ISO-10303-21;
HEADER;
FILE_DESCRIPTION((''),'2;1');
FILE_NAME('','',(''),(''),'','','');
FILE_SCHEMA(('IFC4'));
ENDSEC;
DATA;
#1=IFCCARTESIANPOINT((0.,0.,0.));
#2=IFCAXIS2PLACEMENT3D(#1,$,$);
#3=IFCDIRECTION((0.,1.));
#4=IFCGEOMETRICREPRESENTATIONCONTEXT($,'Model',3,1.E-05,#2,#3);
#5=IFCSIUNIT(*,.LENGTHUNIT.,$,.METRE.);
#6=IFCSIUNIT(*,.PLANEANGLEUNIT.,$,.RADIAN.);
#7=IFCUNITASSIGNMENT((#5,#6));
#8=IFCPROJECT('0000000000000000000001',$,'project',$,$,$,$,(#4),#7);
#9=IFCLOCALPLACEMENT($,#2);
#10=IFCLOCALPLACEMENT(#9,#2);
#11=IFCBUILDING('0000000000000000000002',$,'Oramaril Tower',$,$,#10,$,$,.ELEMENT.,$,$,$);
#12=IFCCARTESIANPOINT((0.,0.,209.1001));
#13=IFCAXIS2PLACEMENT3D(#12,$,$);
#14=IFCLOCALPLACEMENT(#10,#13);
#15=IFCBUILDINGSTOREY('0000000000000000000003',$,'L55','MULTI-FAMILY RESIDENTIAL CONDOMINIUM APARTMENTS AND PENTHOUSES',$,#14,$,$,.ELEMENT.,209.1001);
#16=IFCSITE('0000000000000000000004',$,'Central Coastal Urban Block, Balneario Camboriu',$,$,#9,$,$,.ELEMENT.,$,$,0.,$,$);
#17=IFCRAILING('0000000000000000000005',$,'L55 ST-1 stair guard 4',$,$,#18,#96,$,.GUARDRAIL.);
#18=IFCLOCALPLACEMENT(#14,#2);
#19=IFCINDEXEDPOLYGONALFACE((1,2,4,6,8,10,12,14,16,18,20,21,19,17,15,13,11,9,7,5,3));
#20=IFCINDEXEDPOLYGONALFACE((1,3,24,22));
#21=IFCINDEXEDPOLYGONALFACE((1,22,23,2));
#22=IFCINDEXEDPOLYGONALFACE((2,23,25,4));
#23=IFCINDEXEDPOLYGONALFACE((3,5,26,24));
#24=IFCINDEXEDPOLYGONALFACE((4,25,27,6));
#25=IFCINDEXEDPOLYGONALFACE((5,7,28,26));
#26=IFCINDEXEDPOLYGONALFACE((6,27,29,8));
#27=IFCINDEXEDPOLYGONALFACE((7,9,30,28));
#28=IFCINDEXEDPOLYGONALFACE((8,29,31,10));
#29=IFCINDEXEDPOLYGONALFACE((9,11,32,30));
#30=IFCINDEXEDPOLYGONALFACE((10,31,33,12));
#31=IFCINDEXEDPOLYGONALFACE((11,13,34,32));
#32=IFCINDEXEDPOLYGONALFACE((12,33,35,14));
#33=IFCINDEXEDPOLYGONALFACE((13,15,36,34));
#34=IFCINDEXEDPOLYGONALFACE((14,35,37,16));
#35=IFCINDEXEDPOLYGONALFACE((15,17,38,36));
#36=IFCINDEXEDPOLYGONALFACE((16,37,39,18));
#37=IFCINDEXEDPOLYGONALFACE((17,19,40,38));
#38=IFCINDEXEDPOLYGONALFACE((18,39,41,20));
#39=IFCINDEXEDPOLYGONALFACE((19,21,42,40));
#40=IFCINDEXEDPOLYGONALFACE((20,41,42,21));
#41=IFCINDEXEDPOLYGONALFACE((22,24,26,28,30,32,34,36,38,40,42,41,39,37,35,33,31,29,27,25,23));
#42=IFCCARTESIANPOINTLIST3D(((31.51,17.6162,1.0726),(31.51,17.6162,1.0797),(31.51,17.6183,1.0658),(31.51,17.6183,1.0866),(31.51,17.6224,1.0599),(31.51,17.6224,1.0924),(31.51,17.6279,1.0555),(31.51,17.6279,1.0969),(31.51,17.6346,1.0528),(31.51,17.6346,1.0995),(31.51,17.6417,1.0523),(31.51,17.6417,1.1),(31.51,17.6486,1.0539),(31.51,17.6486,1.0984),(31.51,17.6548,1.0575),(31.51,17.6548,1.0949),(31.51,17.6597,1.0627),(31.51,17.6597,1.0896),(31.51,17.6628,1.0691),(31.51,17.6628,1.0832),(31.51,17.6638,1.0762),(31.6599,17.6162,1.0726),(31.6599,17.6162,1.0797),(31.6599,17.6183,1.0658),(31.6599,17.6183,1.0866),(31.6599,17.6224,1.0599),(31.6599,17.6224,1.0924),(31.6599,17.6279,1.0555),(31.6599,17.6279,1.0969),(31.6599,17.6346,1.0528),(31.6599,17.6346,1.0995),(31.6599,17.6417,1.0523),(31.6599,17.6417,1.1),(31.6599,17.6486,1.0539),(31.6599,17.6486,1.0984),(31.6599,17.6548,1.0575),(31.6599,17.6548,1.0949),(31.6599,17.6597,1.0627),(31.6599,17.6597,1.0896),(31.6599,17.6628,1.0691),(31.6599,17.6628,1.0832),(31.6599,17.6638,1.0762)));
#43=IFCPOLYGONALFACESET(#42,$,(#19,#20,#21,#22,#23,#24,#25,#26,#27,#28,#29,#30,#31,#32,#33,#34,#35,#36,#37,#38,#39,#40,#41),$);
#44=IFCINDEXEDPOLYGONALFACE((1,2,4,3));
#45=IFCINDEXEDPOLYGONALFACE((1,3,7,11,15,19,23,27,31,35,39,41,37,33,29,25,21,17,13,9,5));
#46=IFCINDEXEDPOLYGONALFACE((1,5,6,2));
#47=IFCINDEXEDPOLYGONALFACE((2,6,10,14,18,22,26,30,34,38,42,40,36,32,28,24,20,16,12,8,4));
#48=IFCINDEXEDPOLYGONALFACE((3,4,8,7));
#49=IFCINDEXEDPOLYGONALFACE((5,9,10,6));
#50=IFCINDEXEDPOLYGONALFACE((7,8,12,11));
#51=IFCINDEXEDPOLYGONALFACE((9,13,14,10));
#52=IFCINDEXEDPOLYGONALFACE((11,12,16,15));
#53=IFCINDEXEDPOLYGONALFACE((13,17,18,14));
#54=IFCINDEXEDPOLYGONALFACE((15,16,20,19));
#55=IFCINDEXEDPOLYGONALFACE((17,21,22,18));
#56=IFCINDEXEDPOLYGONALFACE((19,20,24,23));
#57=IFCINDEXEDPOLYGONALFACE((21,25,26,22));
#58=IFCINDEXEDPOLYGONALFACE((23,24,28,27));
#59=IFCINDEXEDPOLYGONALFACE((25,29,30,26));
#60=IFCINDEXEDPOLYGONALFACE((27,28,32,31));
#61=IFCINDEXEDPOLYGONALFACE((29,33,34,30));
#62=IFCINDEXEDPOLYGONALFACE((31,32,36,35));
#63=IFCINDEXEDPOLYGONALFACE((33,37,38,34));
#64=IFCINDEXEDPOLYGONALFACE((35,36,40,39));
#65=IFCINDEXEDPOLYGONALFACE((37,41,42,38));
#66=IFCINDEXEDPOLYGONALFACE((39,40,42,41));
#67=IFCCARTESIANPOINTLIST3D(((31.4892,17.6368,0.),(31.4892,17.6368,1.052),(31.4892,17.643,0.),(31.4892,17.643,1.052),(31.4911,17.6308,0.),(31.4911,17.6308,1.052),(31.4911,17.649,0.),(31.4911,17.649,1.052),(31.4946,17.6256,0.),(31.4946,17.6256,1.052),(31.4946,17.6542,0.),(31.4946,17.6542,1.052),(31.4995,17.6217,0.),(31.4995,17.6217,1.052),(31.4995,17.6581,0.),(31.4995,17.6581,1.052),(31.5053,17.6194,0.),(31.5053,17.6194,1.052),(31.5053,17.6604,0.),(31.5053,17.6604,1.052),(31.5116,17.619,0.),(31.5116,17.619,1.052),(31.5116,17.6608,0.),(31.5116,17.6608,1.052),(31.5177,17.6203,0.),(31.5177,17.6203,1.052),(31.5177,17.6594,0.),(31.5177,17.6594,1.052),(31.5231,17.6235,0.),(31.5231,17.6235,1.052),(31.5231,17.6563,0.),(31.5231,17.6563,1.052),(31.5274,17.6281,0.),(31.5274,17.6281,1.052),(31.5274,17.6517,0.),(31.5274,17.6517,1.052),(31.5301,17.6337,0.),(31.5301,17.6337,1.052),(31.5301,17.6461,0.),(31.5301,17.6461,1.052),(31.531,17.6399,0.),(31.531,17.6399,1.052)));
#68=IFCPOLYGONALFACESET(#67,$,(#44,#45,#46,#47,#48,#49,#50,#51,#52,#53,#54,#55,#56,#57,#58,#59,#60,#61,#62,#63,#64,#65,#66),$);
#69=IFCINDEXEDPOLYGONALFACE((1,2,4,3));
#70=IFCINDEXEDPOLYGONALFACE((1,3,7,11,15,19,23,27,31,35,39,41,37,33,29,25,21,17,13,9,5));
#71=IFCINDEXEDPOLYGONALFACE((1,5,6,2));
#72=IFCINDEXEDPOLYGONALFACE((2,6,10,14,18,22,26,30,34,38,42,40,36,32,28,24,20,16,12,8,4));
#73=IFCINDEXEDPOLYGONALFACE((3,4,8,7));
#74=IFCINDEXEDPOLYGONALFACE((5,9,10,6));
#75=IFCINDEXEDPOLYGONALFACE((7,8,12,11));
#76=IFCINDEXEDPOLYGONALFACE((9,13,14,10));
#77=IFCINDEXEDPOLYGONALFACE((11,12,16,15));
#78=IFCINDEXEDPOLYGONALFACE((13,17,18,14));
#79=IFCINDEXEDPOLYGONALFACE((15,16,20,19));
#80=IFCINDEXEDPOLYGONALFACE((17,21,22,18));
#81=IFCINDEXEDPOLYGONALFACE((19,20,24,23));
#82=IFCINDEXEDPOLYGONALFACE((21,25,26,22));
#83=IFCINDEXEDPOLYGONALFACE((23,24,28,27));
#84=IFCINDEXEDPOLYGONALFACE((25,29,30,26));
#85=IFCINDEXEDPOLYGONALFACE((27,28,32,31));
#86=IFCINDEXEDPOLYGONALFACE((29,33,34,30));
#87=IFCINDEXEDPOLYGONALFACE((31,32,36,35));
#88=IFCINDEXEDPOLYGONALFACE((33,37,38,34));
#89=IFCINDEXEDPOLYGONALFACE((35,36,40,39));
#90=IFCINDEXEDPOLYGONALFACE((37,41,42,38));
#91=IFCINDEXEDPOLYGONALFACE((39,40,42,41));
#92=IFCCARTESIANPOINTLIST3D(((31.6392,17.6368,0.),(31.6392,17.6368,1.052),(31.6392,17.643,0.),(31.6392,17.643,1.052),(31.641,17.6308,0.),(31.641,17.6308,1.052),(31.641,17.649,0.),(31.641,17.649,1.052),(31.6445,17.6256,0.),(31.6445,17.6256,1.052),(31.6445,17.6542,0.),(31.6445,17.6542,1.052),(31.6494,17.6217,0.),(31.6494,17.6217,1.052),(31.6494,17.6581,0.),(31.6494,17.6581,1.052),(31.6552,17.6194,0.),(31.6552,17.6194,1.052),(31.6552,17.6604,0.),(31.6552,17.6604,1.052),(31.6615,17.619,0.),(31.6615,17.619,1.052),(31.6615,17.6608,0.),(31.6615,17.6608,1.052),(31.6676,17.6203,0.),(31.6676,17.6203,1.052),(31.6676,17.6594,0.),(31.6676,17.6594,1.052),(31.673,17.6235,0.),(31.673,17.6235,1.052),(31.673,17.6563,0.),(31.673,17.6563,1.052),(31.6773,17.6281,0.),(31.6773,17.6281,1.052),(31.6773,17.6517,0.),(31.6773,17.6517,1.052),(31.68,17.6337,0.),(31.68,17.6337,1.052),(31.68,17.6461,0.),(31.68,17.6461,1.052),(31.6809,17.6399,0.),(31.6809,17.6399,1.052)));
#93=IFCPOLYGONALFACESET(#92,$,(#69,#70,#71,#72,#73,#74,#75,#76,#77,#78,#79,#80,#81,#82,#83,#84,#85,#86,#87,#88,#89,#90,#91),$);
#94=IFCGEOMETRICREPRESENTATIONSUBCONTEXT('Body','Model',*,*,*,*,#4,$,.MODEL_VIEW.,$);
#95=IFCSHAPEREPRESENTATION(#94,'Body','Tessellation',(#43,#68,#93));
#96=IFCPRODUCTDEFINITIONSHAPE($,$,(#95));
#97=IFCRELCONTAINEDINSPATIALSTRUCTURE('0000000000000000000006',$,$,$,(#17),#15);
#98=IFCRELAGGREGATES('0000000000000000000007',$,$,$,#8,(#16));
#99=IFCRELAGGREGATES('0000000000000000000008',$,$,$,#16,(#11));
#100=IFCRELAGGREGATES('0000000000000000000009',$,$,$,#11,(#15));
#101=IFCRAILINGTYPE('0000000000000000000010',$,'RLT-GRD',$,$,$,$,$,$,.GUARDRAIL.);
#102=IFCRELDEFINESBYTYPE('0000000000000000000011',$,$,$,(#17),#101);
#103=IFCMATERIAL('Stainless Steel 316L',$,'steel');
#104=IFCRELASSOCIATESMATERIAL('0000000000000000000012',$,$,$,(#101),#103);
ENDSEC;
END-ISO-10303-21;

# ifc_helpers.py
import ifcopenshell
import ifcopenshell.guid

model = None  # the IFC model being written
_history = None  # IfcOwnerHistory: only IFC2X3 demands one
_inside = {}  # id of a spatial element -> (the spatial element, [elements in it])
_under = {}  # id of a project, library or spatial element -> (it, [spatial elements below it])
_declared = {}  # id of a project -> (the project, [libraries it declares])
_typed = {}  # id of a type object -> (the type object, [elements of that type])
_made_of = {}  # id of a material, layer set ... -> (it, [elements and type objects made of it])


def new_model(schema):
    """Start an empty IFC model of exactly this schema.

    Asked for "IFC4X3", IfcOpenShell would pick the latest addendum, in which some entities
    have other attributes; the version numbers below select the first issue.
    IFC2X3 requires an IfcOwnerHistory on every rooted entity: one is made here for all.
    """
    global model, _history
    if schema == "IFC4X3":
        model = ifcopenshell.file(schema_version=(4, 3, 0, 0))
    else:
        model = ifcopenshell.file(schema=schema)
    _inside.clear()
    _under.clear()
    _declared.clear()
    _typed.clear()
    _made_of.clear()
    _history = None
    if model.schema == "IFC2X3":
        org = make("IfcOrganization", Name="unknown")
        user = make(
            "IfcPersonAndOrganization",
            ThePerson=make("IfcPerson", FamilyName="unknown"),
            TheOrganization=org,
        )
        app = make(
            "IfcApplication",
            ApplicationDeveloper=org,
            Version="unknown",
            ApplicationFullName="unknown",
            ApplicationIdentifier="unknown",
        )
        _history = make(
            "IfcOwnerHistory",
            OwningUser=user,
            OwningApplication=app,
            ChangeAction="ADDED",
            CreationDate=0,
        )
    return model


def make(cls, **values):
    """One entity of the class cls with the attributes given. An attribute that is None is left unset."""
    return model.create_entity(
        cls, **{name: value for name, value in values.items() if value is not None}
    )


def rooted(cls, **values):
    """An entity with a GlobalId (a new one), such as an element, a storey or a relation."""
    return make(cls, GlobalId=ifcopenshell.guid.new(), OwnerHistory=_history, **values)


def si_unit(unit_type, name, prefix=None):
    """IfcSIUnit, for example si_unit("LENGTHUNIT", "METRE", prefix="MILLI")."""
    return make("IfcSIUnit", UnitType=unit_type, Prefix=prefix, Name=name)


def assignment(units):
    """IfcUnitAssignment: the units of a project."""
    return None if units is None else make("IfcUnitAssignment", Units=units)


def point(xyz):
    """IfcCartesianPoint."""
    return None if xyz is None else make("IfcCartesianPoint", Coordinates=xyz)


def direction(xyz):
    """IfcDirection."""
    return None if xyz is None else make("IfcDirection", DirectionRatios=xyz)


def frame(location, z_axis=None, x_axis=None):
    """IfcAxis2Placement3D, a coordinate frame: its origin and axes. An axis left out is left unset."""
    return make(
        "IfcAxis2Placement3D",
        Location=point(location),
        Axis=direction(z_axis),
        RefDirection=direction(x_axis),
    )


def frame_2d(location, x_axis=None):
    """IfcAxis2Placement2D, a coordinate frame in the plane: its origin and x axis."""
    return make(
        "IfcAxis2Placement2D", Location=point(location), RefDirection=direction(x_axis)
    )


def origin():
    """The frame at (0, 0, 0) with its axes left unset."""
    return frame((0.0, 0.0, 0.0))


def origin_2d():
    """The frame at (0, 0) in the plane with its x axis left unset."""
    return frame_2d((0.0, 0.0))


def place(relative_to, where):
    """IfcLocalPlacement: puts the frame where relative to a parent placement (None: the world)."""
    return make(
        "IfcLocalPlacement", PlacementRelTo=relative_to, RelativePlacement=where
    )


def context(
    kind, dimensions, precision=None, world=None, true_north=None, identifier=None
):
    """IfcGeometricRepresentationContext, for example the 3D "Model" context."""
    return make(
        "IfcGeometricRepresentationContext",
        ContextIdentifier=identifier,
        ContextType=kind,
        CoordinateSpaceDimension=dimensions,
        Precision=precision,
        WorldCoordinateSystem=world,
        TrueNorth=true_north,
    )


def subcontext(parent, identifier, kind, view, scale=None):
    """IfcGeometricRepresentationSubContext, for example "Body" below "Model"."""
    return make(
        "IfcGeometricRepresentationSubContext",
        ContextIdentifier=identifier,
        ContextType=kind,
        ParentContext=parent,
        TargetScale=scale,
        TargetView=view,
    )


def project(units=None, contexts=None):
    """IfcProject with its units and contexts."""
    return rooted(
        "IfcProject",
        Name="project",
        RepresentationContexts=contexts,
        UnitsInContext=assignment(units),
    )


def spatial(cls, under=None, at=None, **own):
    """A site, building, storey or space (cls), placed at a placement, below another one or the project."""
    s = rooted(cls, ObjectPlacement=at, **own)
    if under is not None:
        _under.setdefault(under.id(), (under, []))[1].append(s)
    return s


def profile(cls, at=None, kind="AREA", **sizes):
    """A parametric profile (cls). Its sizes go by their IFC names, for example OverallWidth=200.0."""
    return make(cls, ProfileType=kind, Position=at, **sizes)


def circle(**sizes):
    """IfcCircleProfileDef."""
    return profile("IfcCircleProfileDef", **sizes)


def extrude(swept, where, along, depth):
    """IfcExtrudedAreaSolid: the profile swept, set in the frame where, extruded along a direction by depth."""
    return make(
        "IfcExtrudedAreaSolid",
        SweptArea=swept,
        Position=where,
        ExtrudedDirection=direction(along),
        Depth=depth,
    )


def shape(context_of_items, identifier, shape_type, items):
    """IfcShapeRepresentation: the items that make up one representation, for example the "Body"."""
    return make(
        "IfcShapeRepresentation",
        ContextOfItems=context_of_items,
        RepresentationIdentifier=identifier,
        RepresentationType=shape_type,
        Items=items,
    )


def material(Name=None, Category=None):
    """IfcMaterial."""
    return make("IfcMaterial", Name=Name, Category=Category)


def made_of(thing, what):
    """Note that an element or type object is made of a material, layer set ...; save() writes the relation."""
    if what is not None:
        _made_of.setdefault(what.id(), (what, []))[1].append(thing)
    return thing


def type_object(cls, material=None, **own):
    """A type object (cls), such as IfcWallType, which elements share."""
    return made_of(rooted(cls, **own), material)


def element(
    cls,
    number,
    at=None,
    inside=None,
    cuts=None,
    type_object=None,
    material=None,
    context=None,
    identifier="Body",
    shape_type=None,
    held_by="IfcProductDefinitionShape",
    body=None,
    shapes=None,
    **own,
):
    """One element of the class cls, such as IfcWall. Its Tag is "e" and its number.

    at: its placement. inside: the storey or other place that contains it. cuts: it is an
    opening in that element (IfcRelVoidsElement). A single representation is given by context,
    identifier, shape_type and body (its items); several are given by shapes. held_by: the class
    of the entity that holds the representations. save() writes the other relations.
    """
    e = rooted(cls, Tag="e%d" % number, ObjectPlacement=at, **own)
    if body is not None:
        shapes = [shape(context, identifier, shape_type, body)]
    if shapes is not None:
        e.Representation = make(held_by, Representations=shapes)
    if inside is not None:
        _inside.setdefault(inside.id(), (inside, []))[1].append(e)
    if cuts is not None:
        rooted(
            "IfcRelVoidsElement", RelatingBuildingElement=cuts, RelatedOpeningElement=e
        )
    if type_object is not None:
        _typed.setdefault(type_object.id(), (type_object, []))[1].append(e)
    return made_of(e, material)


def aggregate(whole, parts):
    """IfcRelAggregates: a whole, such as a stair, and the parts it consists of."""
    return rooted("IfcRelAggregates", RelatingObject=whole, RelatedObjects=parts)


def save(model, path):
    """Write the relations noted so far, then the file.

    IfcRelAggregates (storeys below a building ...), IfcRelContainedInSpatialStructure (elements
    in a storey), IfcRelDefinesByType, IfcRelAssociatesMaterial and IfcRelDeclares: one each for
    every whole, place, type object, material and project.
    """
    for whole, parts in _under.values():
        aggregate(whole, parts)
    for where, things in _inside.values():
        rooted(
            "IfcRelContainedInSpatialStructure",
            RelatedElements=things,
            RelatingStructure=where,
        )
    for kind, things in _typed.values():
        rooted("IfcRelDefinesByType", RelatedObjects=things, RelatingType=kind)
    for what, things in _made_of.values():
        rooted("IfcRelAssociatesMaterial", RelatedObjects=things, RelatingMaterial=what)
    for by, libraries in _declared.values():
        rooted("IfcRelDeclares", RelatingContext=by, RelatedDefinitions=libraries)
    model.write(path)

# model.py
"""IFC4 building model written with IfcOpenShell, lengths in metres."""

from ifc_helpers import new_model, si_unit, direction, frame, origin, origin_2d, place, context, subcontext, project, spatial, circle, extrude, material, type_object, element, save


model = new_model("IFC4")

# Units and contexts
model_context = context("Model", 3, precision=1e-05, world=origin(), true_north=direction((0.0, 1.0)))
body_context = subcontext(model_context, "Body", "Model", "MODEL_VIEW")
ifc_project = project(units=[si_unit("LENGTHUNIT", "METRE"), si_unit("PLANEANGLEUNIT", "RADIAN")], contexts=[model_context])

# Site, building, storey
site_placement = place(None, origin())
site = spatial("IfcSite", under=ifc_project, at=site_placement, Name="Central Coastal Urban Block, Balneario Camboriu", CompositionType="ELEMENT", RefElevation=0.0)
building_placement = place(site_placement, origin())
building = spatial("IfcBuilding", under=site, at=building_placement, Name="Oramaril Tower", CompositionType="ELEMENT")
storey_placement = place(building_placement, frame((0.0, 0.0, 209.1001)))
storey = spatial("IfcBuildingStorey", under=building, at=storey_placement, Name="L55", Description="MULTI-FAMILY RESIDENTIAL CONDOMINIUM APARTMENTS AND PENTHOUSES", CompositionType="ELEMENT", Elevation=209.1001)

# Railing
ifc_material_1 = material(Name="Stainless Steel 316L", Category="steel")
railing_type_1 = type_object("IfcRailingType", Name="RLT-GRD", PredefinedType="GUARDRAIL", material=ifc_material_1)
railing_1_placement = place(storey_placement, frame((31.51, 17.6399, 0.0)))
element("IfcRailing", 1, at=railing_1_placement, inside=storey, type_object=railing_type_1, Name="L55 ST-1 stair guard 4", PredefinedType="GUARDRAIL", context=body_context, shape_type="SweptSolid", body=[
    extrude(circle(Radius=0.0239, at=origin_2d()), frame((0.0, 0.0, 1.0762), z_axis=(1.0, 0.0, 0.0), x_axis=(0.0, 1.0, 0.0)), (0.0, 0.0, 1.0), 0.1499),
    extrude(circle(Radius=0.021, at=origin_2d()), origin(), (0.0, 0.0, 1.0), 1.052),
    extrude(circle(Radius=0.021, at=origin_2d()), frame((0.1499, 0.0, 0.0)), (0.0, 0.0, 1.0), 1.052),
])

save(model, "model.ifc")
